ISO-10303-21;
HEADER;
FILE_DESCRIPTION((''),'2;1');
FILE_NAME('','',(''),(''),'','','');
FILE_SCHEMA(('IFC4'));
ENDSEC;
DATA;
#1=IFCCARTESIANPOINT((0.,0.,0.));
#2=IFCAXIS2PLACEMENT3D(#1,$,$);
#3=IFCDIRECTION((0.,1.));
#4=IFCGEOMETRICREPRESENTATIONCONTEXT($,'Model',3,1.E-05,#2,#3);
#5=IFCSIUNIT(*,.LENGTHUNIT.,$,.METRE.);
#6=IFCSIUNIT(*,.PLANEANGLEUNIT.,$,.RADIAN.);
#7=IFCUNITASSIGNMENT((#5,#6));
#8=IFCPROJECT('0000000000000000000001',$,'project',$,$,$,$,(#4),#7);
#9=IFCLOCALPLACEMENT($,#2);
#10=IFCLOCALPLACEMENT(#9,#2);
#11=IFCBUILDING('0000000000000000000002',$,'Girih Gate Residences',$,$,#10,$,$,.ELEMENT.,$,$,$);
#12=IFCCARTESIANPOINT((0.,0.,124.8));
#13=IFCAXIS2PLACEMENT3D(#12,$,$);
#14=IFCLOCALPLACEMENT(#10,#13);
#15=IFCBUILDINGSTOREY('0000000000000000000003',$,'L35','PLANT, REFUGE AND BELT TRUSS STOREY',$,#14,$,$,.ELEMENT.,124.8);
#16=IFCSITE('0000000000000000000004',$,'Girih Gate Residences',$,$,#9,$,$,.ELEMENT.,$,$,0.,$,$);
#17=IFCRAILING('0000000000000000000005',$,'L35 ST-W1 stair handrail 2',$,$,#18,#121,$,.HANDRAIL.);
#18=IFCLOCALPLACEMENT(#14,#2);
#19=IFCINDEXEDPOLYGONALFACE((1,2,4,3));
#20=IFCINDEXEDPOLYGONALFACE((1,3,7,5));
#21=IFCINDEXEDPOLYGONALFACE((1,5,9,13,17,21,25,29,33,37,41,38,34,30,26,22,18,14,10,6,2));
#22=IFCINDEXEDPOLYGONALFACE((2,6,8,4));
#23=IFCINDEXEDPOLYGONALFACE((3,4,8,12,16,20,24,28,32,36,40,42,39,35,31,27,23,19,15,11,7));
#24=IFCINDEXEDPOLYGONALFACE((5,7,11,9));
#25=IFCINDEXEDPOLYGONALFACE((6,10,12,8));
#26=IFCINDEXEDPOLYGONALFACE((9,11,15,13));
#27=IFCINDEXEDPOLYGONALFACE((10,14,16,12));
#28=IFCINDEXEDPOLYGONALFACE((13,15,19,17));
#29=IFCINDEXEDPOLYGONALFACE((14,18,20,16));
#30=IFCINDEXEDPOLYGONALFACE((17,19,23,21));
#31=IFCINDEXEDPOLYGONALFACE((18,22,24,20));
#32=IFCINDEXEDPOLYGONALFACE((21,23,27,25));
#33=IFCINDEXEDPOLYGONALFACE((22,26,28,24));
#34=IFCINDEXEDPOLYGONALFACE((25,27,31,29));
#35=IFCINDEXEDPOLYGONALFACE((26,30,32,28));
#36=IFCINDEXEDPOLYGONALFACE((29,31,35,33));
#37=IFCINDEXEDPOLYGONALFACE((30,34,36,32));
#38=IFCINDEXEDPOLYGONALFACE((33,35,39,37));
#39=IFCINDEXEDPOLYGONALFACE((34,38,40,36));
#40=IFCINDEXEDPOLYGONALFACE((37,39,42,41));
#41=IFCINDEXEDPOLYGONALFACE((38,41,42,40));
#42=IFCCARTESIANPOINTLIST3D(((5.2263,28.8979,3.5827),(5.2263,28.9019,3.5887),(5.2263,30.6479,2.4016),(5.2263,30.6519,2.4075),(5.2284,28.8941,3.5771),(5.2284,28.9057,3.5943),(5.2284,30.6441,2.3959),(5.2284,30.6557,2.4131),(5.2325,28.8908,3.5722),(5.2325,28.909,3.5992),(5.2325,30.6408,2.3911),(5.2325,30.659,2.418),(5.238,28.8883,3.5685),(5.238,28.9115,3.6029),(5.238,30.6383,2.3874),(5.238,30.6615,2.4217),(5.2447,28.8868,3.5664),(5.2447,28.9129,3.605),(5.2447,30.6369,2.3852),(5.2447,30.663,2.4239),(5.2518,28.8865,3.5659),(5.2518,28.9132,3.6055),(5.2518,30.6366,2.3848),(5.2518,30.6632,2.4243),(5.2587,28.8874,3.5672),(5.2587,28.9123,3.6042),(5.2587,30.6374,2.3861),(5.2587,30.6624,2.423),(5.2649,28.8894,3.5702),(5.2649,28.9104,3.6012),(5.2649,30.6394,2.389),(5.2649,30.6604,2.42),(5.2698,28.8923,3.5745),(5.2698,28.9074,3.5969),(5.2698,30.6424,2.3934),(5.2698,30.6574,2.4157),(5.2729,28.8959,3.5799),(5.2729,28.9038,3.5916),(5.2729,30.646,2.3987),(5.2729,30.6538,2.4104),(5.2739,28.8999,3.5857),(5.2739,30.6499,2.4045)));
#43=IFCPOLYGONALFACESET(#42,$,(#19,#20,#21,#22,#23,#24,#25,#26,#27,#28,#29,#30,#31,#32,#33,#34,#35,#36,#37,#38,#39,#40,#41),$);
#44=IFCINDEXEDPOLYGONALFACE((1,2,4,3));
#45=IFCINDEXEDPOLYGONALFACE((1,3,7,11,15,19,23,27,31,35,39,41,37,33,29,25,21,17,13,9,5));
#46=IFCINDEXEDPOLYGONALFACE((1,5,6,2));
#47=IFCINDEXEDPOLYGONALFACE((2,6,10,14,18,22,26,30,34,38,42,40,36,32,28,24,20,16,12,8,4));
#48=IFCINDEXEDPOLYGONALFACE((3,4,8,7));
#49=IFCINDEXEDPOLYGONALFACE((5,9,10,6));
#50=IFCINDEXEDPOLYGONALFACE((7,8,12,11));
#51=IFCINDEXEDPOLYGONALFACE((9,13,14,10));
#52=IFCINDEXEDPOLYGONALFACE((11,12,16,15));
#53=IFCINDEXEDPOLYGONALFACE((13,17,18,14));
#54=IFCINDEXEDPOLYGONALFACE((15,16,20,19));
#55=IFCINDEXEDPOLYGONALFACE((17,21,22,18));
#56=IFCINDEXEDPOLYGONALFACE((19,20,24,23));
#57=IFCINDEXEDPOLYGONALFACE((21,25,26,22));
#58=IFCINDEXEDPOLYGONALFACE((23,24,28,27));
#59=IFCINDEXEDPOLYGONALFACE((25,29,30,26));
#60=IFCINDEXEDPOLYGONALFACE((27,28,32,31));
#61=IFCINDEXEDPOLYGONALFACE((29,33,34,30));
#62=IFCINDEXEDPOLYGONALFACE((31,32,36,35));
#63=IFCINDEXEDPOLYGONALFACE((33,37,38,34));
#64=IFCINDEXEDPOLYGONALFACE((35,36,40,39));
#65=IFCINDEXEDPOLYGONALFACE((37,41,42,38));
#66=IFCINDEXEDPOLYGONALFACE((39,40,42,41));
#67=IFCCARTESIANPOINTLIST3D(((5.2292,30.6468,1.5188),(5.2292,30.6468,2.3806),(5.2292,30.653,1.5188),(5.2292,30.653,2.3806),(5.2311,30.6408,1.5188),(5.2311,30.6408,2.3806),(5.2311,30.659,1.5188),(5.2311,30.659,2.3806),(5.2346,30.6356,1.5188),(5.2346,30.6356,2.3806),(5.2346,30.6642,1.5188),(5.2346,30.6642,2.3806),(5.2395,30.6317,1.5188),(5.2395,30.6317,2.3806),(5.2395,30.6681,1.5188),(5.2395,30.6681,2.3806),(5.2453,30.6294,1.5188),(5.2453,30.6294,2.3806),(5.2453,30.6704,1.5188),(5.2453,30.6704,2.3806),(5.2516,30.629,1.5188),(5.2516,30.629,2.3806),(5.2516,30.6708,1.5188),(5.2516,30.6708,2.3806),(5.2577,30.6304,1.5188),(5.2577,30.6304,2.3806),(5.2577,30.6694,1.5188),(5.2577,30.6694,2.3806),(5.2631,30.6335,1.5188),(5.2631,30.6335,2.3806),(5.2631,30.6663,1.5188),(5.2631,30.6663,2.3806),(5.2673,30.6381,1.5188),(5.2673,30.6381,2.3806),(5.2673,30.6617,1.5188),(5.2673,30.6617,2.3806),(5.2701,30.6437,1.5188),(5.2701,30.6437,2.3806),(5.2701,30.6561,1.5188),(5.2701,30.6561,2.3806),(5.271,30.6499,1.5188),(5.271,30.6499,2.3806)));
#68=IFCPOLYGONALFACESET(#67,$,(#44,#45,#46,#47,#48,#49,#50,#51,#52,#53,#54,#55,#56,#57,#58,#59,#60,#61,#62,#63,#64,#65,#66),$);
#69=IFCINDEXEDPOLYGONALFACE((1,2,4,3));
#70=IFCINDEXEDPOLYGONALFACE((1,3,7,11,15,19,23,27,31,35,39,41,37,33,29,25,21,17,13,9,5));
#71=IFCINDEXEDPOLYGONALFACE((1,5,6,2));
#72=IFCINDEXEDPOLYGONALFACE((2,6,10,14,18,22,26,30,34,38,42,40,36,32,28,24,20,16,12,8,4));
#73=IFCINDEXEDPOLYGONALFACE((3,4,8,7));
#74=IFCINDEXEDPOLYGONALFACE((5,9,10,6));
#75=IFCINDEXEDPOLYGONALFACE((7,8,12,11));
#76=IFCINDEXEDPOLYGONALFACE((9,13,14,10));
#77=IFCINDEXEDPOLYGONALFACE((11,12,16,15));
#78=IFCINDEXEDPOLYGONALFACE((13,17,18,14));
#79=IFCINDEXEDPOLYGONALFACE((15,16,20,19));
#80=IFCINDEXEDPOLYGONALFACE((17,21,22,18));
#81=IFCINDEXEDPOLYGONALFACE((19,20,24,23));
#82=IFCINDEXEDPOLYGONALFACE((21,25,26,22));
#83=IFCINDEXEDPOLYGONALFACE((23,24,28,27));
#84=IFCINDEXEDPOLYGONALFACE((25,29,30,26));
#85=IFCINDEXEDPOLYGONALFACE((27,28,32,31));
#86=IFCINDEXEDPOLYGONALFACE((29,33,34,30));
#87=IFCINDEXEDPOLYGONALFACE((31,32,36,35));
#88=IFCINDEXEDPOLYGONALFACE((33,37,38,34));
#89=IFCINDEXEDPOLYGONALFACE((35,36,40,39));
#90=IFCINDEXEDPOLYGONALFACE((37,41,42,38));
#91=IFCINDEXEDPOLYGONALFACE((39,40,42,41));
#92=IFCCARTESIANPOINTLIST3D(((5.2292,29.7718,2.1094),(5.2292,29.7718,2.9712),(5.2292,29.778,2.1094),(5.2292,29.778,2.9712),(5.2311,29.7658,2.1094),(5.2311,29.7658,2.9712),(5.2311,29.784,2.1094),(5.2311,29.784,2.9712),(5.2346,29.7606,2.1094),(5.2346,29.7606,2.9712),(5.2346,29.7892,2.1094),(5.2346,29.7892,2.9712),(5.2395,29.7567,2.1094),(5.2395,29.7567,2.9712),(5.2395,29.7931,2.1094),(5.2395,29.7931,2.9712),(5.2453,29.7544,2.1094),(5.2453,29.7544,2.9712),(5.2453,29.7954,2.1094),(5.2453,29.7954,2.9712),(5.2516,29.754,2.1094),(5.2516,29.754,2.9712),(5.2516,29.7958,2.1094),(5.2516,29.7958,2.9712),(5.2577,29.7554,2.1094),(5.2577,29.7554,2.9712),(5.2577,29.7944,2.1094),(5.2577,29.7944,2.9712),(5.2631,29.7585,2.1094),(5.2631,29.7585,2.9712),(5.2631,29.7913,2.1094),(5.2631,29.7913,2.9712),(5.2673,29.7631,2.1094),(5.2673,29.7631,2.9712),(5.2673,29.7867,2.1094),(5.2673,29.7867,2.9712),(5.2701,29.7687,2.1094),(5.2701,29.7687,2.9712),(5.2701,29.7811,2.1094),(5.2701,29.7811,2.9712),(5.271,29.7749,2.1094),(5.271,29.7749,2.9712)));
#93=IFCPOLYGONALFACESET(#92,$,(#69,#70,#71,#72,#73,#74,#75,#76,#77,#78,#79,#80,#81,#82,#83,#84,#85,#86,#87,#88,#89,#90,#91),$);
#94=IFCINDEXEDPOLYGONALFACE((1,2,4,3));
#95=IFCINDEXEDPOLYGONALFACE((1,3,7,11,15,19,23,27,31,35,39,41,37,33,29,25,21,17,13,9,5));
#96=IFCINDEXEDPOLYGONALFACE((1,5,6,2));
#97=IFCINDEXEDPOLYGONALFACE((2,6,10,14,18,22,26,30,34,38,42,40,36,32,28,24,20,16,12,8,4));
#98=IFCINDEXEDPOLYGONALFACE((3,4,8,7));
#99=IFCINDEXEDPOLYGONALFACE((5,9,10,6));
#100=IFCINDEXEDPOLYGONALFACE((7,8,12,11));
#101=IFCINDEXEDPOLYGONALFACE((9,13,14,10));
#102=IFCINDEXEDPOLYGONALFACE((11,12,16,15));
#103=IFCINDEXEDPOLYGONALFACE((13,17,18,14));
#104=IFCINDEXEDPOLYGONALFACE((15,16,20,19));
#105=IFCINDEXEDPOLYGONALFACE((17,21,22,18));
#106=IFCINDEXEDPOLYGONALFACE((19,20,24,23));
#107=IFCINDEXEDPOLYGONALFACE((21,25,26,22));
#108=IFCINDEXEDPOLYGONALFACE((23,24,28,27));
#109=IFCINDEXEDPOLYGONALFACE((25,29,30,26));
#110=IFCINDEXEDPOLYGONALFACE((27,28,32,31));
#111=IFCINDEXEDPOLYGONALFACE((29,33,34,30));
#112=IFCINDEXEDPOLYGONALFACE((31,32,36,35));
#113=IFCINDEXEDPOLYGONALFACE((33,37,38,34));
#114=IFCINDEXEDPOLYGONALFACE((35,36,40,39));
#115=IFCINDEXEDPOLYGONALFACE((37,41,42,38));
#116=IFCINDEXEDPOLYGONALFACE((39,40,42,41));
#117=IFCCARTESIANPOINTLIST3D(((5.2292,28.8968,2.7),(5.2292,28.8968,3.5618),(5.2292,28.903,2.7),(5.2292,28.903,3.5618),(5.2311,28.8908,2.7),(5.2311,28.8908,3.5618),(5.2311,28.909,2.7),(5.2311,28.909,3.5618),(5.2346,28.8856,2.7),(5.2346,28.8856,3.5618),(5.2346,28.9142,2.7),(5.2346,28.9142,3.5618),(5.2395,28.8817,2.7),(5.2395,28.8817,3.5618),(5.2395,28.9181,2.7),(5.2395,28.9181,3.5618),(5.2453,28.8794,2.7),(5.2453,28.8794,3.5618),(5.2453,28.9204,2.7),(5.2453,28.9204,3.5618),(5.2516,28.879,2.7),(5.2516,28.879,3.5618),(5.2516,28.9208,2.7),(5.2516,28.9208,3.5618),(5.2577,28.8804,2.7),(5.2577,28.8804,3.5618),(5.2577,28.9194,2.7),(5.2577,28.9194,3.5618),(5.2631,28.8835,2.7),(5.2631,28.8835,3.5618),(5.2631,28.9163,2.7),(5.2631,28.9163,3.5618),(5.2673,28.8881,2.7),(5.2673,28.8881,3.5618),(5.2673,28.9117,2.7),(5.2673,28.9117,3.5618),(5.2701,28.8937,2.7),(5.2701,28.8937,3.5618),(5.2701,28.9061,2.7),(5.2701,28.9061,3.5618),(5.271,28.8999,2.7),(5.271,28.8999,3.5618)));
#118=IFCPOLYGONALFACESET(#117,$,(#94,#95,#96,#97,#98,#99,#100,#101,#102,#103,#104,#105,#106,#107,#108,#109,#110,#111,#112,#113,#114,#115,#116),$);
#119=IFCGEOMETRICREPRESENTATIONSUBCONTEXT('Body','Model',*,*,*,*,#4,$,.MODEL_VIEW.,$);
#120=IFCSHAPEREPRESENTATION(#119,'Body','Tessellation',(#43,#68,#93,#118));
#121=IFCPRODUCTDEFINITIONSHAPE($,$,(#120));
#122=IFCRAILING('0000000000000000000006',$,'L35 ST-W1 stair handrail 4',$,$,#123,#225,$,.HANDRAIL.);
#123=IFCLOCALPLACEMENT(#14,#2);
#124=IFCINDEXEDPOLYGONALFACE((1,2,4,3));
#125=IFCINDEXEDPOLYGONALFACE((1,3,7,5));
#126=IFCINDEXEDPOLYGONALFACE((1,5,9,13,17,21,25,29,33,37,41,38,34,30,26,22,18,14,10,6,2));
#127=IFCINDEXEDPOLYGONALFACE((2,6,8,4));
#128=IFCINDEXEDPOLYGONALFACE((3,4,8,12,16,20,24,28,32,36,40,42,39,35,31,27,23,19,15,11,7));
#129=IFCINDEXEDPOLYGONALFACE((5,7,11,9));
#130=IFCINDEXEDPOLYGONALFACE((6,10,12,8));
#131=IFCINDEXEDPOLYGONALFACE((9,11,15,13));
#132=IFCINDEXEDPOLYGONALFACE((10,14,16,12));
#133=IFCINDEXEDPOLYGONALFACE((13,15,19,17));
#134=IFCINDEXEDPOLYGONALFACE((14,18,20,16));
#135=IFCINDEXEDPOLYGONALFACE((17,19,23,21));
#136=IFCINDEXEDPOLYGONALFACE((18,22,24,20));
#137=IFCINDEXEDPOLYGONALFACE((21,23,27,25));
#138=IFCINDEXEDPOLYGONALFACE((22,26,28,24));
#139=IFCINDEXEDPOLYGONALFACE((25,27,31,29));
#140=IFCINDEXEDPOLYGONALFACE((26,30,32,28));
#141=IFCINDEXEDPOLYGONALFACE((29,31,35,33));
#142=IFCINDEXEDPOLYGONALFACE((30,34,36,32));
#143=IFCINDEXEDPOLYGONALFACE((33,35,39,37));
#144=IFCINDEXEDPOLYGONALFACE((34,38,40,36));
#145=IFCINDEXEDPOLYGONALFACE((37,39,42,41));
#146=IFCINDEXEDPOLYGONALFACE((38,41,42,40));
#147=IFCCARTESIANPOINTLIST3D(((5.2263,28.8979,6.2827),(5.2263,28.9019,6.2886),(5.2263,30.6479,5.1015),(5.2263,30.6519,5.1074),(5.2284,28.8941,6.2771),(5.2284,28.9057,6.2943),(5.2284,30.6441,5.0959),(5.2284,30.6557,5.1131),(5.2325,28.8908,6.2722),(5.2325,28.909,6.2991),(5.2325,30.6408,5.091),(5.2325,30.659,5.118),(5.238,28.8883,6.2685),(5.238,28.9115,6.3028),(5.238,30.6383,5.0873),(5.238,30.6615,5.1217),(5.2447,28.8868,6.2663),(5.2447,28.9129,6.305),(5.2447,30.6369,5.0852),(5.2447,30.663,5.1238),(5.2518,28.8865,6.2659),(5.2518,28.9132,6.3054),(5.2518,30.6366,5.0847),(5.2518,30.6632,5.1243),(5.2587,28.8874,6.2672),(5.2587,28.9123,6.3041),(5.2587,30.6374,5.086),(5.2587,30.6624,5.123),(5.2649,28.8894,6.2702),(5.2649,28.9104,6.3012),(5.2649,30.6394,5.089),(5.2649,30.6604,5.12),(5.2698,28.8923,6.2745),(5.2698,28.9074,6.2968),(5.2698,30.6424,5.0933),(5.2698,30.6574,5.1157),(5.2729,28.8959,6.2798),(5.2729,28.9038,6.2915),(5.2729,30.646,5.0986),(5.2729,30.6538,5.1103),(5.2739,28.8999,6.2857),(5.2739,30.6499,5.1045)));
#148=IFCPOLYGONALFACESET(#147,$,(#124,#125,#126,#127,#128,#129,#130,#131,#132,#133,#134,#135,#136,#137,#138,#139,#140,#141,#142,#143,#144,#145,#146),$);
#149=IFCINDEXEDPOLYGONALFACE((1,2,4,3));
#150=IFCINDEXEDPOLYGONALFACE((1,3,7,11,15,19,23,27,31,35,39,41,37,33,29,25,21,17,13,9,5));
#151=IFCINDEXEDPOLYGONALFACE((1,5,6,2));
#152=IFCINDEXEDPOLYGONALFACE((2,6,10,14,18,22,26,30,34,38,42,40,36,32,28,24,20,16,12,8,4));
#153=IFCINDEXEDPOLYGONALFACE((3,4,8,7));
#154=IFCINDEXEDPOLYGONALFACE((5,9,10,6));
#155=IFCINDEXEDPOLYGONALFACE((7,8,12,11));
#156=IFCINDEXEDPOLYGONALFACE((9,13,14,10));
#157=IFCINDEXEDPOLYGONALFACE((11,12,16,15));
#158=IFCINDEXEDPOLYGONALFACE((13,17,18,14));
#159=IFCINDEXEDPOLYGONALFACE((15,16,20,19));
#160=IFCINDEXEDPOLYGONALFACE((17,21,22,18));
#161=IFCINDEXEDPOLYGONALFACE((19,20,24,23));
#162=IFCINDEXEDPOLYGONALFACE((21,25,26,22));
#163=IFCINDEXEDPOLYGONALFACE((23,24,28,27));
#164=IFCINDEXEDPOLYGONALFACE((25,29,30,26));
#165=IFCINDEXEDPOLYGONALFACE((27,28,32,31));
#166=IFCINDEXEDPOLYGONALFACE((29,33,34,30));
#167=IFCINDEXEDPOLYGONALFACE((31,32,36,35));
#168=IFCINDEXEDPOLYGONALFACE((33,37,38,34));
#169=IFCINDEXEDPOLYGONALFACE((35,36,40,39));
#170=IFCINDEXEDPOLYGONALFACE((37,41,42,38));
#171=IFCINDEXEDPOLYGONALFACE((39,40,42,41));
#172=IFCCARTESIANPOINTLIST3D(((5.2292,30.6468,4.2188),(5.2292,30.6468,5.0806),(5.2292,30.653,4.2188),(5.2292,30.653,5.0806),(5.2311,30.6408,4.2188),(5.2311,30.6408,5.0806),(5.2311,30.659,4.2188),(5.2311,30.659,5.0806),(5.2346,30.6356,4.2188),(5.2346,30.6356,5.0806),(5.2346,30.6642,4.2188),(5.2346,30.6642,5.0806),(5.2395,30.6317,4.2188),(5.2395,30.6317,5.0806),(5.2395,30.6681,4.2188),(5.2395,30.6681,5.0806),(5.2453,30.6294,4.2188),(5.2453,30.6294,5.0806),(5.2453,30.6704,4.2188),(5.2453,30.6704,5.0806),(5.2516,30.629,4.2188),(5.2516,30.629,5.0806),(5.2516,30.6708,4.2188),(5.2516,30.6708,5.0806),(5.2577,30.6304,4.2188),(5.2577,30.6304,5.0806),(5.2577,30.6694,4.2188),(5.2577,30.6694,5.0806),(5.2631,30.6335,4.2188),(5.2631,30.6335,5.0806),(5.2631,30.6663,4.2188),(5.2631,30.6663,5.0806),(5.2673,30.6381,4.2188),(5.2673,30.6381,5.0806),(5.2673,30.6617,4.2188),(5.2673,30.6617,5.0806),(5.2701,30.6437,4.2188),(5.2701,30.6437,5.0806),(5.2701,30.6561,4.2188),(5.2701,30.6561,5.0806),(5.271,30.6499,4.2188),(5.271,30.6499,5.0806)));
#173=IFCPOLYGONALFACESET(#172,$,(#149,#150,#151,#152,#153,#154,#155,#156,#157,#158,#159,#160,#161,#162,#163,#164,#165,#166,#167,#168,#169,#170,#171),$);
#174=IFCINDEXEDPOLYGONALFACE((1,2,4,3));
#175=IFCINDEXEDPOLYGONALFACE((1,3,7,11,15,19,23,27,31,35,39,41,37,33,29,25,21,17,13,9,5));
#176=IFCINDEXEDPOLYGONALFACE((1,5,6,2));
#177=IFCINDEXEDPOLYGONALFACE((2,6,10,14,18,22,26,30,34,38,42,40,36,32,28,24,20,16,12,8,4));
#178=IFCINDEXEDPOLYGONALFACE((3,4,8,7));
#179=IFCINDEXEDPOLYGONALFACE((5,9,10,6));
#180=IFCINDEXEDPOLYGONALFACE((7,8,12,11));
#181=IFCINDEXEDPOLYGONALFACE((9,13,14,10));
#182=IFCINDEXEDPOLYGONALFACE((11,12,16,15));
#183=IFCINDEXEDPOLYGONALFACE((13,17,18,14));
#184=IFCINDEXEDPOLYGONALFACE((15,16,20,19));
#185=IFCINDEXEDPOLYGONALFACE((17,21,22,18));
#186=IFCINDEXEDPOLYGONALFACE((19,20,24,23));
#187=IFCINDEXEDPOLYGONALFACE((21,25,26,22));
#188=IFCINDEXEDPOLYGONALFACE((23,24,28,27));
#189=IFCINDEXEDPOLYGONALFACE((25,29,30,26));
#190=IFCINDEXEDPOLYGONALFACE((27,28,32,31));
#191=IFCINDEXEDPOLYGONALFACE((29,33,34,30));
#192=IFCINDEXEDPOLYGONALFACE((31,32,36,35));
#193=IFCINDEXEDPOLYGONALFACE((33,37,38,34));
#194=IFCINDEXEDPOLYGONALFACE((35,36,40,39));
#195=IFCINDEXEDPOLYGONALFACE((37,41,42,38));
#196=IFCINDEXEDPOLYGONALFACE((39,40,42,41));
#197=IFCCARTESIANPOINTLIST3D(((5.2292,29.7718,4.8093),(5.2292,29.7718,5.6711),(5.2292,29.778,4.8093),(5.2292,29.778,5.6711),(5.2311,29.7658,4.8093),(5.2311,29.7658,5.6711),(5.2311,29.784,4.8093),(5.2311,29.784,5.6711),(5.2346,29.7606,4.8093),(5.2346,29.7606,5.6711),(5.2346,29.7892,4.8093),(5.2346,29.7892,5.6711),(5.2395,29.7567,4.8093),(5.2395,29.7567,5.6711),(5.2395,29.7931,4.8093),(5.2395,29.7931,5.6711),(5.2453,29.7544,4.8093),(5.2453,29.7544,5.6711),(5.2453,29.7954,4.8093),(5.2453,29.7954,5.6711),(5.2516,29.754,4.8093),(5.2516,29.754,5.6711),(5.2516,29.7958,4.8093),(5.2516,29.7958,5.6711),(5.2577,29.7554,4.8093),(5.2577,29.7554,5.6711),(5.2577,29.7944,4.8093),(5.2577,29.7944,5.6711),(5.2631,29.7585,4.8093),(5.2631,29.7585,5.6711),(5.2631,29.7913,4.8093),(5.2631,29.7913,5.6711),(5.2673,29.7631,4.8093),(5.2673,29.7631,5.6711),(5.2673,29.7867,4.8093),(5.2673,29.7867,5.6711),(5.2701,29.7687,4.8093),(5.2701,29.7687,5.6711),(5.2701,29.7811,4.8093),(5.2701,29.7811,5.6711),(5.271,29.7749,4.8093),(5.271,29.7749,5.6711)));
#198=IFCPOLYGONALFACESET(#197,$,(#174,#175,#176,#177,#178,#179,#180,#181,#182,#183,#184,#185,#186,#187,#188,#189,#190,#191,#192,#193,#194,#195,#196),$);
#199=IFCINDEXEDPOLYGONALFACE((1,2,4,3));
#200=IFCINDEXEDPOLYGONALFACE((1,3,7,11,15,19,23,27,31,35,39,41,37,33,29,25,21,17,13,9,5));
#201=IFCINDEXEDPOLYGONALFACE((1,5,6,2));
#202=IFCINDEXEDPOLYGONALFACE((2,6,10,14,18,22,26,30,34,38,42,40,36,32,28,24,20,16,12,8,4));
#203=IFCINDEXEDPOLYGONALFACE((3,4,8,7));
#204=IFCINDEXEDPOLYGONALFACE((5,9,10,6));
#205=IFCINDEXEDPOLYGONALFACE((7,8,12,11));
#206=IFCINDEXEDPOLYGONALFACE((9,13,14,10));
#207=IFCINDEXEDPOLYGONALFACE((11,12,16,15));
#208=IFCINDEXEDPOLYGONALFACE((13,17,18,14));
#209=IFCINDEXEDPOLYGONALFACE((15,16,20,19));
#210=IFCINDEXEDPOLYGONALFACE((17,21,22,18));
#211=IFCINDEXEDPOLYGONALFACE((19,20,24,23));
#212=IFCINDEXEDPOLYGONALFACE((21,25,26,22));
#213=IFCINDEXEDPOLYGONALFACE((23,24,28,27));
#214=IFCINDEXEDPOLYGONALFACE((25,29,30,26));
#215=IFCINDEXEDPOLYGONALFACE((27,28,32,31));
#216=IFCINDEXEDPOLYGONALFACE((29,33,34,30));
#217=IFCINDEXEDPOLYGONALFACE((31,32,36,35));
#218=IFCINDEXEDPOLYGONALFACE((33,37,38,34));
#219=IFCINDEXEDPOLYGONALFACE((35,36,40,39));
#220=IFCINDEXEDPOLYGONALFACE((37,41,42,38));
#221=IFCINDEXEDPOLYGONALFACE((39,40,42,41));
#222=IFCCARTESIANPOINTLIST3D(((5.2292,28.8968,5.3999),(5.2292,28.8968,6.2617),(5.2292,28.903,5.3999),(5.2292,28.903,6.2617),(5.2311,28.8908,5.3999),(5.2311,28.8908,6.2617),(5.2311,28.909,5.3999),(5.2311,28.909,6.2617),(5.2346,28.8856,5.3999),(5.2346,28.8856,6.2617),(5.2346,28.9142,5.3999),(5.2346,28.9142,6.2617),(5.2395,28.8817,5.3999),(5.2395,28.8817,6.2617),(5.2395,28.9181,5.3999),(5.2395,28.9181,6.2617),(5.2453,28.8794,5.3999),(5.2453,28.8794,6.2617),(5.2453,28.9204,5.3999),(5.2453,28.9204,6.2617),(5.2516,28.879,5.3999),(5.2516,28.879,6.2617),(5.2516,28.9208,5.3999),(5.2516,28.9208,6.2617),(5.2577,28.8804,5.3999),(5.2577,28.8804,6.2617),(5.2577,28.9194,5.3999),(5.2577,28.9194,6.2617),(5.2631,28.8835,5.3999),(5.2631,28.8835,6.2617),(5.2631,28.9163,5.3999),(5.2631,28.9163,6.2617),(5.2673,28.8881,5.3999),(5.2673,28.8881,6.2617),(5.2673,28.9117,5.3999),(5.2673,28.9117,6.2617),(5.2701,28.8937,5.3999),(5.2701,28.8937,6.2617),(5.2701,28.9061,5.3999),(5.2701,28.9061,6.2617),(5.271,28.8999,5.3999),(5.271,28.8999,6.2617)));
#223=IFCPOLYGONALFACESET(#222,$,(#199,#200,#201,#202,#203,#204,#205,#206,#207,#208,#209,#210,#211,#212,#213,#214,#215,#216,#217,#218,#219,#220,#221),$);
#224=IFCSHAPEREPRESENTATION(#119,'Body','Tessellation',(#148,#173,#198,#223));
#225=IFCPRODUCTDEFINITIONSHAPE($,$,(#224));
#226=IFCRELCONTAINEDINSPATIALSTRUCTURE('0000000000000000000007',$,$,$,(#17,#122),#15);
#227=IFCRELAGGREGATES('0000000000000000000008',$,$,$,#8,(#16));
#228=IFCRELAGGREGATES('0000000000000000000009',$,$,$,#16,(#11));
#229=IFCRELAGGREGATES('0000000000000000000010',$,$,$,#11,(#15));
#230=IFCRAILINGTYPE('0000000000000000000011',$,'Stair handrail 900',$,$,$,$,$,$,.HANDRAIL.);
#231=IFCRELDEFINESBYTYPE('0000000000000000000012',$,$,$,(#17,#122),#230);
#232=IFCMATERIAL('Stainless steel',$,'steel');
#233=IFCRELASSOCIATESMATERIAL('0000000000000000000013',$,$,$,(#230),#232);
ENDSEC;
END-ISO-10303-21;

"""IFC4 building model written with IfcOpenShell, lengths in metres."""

from ifc_helpers import new_model, si_unit, direction, frame, origin, origin_2d, place, context, subcontext, project, spatial, circle, extrude, material, type_object, element, save


model = new_model("IFC4")

# Units and contexts
model_context = context("Model", 3, precision=1e-05, world=origin(), true_north=direction((0.0, 1.0)))
body_context = subcontext(model_context, "Body", "Model", "MODEL_VIEW")
ifc_project = project(units=[si_unit("LENGTHUNIT", "METRE"), si_unit("PLANEANGLEUNIT", "RADIAN")], contexts=[model_context])

# Site, building, storey
site_placement = place(None, origin())
site = spatial("IfcSite", under=ifc_project, at=site_placement, Name="Girih Gate Residences", CompositionType="ELEMENT", RefElevation=0.0)
building_placement = place(site_placement, origin())
building = spatial("IfcBuilding", under=site, at=building_placement, Name="Girih Gate Residences", CompositionType="ELEMENT")
storey_placement = place(building_placement, frame((0.0, 0.0, 124.8)))
storey = spatial("IfcBuildingStorey", under=building, at=storey_placement, Name="L35", Description="PLANT, REFUGE AND BELT TRUSS STOREY", CompositionType="ELEMENT", Elevation=124.8)

# Railings
ifc_material_1 = material(Name="Stainless steel", Category="steel")
railing_type_1 = type_object("IfcRailingType", Name="Stair handrail 900", PredefinedType="HANDRAIL", material=ifc_material_1)
for number, where, name in (
    (1, (5.25, 30.6499, 1.5188), "L35 ST-W1 stair handrail 2"),
    (2, (5.25, 30.6499, 4.2188), "L35 ST-W1 stair handrail 4"),
):
    element("IfcRailing", number, at=place(storey_placement, frame(where)), inside=storey, type_object=railing_type_1, Name=name, PredefinedType="HANDRAIL", context=body_context, shape_type="SweptSolid", body=[
        extrude(circle(Radius=0.0239, at=origin_2d()), frame((0.0, 0.0, 0.8857), z_axis=(0.0, -0.82887, 0.559441), x_axis=(1.0, 0.0, 0.0)), (0.0, 0.0, 1.0), 2.1113),
        extrude(circle(Radius=0.021, at=origin_2d()), origin(), (0.0, 0.0, 1.0), 0.8618),
        extrude(circle(Radius=0.021, at=origin_2d()), frame((0.0, -0.875, 0.5906)), (0.0, 0.0, 1.0), 0.8618),
        extrude(circle(Radius=0.021, at=origin_2d()), frame((0.0, -1.75, 1.1812)), (0.0, 0.0, 1.0), 0.8618),
    ])

save(model, "model.ifc")
